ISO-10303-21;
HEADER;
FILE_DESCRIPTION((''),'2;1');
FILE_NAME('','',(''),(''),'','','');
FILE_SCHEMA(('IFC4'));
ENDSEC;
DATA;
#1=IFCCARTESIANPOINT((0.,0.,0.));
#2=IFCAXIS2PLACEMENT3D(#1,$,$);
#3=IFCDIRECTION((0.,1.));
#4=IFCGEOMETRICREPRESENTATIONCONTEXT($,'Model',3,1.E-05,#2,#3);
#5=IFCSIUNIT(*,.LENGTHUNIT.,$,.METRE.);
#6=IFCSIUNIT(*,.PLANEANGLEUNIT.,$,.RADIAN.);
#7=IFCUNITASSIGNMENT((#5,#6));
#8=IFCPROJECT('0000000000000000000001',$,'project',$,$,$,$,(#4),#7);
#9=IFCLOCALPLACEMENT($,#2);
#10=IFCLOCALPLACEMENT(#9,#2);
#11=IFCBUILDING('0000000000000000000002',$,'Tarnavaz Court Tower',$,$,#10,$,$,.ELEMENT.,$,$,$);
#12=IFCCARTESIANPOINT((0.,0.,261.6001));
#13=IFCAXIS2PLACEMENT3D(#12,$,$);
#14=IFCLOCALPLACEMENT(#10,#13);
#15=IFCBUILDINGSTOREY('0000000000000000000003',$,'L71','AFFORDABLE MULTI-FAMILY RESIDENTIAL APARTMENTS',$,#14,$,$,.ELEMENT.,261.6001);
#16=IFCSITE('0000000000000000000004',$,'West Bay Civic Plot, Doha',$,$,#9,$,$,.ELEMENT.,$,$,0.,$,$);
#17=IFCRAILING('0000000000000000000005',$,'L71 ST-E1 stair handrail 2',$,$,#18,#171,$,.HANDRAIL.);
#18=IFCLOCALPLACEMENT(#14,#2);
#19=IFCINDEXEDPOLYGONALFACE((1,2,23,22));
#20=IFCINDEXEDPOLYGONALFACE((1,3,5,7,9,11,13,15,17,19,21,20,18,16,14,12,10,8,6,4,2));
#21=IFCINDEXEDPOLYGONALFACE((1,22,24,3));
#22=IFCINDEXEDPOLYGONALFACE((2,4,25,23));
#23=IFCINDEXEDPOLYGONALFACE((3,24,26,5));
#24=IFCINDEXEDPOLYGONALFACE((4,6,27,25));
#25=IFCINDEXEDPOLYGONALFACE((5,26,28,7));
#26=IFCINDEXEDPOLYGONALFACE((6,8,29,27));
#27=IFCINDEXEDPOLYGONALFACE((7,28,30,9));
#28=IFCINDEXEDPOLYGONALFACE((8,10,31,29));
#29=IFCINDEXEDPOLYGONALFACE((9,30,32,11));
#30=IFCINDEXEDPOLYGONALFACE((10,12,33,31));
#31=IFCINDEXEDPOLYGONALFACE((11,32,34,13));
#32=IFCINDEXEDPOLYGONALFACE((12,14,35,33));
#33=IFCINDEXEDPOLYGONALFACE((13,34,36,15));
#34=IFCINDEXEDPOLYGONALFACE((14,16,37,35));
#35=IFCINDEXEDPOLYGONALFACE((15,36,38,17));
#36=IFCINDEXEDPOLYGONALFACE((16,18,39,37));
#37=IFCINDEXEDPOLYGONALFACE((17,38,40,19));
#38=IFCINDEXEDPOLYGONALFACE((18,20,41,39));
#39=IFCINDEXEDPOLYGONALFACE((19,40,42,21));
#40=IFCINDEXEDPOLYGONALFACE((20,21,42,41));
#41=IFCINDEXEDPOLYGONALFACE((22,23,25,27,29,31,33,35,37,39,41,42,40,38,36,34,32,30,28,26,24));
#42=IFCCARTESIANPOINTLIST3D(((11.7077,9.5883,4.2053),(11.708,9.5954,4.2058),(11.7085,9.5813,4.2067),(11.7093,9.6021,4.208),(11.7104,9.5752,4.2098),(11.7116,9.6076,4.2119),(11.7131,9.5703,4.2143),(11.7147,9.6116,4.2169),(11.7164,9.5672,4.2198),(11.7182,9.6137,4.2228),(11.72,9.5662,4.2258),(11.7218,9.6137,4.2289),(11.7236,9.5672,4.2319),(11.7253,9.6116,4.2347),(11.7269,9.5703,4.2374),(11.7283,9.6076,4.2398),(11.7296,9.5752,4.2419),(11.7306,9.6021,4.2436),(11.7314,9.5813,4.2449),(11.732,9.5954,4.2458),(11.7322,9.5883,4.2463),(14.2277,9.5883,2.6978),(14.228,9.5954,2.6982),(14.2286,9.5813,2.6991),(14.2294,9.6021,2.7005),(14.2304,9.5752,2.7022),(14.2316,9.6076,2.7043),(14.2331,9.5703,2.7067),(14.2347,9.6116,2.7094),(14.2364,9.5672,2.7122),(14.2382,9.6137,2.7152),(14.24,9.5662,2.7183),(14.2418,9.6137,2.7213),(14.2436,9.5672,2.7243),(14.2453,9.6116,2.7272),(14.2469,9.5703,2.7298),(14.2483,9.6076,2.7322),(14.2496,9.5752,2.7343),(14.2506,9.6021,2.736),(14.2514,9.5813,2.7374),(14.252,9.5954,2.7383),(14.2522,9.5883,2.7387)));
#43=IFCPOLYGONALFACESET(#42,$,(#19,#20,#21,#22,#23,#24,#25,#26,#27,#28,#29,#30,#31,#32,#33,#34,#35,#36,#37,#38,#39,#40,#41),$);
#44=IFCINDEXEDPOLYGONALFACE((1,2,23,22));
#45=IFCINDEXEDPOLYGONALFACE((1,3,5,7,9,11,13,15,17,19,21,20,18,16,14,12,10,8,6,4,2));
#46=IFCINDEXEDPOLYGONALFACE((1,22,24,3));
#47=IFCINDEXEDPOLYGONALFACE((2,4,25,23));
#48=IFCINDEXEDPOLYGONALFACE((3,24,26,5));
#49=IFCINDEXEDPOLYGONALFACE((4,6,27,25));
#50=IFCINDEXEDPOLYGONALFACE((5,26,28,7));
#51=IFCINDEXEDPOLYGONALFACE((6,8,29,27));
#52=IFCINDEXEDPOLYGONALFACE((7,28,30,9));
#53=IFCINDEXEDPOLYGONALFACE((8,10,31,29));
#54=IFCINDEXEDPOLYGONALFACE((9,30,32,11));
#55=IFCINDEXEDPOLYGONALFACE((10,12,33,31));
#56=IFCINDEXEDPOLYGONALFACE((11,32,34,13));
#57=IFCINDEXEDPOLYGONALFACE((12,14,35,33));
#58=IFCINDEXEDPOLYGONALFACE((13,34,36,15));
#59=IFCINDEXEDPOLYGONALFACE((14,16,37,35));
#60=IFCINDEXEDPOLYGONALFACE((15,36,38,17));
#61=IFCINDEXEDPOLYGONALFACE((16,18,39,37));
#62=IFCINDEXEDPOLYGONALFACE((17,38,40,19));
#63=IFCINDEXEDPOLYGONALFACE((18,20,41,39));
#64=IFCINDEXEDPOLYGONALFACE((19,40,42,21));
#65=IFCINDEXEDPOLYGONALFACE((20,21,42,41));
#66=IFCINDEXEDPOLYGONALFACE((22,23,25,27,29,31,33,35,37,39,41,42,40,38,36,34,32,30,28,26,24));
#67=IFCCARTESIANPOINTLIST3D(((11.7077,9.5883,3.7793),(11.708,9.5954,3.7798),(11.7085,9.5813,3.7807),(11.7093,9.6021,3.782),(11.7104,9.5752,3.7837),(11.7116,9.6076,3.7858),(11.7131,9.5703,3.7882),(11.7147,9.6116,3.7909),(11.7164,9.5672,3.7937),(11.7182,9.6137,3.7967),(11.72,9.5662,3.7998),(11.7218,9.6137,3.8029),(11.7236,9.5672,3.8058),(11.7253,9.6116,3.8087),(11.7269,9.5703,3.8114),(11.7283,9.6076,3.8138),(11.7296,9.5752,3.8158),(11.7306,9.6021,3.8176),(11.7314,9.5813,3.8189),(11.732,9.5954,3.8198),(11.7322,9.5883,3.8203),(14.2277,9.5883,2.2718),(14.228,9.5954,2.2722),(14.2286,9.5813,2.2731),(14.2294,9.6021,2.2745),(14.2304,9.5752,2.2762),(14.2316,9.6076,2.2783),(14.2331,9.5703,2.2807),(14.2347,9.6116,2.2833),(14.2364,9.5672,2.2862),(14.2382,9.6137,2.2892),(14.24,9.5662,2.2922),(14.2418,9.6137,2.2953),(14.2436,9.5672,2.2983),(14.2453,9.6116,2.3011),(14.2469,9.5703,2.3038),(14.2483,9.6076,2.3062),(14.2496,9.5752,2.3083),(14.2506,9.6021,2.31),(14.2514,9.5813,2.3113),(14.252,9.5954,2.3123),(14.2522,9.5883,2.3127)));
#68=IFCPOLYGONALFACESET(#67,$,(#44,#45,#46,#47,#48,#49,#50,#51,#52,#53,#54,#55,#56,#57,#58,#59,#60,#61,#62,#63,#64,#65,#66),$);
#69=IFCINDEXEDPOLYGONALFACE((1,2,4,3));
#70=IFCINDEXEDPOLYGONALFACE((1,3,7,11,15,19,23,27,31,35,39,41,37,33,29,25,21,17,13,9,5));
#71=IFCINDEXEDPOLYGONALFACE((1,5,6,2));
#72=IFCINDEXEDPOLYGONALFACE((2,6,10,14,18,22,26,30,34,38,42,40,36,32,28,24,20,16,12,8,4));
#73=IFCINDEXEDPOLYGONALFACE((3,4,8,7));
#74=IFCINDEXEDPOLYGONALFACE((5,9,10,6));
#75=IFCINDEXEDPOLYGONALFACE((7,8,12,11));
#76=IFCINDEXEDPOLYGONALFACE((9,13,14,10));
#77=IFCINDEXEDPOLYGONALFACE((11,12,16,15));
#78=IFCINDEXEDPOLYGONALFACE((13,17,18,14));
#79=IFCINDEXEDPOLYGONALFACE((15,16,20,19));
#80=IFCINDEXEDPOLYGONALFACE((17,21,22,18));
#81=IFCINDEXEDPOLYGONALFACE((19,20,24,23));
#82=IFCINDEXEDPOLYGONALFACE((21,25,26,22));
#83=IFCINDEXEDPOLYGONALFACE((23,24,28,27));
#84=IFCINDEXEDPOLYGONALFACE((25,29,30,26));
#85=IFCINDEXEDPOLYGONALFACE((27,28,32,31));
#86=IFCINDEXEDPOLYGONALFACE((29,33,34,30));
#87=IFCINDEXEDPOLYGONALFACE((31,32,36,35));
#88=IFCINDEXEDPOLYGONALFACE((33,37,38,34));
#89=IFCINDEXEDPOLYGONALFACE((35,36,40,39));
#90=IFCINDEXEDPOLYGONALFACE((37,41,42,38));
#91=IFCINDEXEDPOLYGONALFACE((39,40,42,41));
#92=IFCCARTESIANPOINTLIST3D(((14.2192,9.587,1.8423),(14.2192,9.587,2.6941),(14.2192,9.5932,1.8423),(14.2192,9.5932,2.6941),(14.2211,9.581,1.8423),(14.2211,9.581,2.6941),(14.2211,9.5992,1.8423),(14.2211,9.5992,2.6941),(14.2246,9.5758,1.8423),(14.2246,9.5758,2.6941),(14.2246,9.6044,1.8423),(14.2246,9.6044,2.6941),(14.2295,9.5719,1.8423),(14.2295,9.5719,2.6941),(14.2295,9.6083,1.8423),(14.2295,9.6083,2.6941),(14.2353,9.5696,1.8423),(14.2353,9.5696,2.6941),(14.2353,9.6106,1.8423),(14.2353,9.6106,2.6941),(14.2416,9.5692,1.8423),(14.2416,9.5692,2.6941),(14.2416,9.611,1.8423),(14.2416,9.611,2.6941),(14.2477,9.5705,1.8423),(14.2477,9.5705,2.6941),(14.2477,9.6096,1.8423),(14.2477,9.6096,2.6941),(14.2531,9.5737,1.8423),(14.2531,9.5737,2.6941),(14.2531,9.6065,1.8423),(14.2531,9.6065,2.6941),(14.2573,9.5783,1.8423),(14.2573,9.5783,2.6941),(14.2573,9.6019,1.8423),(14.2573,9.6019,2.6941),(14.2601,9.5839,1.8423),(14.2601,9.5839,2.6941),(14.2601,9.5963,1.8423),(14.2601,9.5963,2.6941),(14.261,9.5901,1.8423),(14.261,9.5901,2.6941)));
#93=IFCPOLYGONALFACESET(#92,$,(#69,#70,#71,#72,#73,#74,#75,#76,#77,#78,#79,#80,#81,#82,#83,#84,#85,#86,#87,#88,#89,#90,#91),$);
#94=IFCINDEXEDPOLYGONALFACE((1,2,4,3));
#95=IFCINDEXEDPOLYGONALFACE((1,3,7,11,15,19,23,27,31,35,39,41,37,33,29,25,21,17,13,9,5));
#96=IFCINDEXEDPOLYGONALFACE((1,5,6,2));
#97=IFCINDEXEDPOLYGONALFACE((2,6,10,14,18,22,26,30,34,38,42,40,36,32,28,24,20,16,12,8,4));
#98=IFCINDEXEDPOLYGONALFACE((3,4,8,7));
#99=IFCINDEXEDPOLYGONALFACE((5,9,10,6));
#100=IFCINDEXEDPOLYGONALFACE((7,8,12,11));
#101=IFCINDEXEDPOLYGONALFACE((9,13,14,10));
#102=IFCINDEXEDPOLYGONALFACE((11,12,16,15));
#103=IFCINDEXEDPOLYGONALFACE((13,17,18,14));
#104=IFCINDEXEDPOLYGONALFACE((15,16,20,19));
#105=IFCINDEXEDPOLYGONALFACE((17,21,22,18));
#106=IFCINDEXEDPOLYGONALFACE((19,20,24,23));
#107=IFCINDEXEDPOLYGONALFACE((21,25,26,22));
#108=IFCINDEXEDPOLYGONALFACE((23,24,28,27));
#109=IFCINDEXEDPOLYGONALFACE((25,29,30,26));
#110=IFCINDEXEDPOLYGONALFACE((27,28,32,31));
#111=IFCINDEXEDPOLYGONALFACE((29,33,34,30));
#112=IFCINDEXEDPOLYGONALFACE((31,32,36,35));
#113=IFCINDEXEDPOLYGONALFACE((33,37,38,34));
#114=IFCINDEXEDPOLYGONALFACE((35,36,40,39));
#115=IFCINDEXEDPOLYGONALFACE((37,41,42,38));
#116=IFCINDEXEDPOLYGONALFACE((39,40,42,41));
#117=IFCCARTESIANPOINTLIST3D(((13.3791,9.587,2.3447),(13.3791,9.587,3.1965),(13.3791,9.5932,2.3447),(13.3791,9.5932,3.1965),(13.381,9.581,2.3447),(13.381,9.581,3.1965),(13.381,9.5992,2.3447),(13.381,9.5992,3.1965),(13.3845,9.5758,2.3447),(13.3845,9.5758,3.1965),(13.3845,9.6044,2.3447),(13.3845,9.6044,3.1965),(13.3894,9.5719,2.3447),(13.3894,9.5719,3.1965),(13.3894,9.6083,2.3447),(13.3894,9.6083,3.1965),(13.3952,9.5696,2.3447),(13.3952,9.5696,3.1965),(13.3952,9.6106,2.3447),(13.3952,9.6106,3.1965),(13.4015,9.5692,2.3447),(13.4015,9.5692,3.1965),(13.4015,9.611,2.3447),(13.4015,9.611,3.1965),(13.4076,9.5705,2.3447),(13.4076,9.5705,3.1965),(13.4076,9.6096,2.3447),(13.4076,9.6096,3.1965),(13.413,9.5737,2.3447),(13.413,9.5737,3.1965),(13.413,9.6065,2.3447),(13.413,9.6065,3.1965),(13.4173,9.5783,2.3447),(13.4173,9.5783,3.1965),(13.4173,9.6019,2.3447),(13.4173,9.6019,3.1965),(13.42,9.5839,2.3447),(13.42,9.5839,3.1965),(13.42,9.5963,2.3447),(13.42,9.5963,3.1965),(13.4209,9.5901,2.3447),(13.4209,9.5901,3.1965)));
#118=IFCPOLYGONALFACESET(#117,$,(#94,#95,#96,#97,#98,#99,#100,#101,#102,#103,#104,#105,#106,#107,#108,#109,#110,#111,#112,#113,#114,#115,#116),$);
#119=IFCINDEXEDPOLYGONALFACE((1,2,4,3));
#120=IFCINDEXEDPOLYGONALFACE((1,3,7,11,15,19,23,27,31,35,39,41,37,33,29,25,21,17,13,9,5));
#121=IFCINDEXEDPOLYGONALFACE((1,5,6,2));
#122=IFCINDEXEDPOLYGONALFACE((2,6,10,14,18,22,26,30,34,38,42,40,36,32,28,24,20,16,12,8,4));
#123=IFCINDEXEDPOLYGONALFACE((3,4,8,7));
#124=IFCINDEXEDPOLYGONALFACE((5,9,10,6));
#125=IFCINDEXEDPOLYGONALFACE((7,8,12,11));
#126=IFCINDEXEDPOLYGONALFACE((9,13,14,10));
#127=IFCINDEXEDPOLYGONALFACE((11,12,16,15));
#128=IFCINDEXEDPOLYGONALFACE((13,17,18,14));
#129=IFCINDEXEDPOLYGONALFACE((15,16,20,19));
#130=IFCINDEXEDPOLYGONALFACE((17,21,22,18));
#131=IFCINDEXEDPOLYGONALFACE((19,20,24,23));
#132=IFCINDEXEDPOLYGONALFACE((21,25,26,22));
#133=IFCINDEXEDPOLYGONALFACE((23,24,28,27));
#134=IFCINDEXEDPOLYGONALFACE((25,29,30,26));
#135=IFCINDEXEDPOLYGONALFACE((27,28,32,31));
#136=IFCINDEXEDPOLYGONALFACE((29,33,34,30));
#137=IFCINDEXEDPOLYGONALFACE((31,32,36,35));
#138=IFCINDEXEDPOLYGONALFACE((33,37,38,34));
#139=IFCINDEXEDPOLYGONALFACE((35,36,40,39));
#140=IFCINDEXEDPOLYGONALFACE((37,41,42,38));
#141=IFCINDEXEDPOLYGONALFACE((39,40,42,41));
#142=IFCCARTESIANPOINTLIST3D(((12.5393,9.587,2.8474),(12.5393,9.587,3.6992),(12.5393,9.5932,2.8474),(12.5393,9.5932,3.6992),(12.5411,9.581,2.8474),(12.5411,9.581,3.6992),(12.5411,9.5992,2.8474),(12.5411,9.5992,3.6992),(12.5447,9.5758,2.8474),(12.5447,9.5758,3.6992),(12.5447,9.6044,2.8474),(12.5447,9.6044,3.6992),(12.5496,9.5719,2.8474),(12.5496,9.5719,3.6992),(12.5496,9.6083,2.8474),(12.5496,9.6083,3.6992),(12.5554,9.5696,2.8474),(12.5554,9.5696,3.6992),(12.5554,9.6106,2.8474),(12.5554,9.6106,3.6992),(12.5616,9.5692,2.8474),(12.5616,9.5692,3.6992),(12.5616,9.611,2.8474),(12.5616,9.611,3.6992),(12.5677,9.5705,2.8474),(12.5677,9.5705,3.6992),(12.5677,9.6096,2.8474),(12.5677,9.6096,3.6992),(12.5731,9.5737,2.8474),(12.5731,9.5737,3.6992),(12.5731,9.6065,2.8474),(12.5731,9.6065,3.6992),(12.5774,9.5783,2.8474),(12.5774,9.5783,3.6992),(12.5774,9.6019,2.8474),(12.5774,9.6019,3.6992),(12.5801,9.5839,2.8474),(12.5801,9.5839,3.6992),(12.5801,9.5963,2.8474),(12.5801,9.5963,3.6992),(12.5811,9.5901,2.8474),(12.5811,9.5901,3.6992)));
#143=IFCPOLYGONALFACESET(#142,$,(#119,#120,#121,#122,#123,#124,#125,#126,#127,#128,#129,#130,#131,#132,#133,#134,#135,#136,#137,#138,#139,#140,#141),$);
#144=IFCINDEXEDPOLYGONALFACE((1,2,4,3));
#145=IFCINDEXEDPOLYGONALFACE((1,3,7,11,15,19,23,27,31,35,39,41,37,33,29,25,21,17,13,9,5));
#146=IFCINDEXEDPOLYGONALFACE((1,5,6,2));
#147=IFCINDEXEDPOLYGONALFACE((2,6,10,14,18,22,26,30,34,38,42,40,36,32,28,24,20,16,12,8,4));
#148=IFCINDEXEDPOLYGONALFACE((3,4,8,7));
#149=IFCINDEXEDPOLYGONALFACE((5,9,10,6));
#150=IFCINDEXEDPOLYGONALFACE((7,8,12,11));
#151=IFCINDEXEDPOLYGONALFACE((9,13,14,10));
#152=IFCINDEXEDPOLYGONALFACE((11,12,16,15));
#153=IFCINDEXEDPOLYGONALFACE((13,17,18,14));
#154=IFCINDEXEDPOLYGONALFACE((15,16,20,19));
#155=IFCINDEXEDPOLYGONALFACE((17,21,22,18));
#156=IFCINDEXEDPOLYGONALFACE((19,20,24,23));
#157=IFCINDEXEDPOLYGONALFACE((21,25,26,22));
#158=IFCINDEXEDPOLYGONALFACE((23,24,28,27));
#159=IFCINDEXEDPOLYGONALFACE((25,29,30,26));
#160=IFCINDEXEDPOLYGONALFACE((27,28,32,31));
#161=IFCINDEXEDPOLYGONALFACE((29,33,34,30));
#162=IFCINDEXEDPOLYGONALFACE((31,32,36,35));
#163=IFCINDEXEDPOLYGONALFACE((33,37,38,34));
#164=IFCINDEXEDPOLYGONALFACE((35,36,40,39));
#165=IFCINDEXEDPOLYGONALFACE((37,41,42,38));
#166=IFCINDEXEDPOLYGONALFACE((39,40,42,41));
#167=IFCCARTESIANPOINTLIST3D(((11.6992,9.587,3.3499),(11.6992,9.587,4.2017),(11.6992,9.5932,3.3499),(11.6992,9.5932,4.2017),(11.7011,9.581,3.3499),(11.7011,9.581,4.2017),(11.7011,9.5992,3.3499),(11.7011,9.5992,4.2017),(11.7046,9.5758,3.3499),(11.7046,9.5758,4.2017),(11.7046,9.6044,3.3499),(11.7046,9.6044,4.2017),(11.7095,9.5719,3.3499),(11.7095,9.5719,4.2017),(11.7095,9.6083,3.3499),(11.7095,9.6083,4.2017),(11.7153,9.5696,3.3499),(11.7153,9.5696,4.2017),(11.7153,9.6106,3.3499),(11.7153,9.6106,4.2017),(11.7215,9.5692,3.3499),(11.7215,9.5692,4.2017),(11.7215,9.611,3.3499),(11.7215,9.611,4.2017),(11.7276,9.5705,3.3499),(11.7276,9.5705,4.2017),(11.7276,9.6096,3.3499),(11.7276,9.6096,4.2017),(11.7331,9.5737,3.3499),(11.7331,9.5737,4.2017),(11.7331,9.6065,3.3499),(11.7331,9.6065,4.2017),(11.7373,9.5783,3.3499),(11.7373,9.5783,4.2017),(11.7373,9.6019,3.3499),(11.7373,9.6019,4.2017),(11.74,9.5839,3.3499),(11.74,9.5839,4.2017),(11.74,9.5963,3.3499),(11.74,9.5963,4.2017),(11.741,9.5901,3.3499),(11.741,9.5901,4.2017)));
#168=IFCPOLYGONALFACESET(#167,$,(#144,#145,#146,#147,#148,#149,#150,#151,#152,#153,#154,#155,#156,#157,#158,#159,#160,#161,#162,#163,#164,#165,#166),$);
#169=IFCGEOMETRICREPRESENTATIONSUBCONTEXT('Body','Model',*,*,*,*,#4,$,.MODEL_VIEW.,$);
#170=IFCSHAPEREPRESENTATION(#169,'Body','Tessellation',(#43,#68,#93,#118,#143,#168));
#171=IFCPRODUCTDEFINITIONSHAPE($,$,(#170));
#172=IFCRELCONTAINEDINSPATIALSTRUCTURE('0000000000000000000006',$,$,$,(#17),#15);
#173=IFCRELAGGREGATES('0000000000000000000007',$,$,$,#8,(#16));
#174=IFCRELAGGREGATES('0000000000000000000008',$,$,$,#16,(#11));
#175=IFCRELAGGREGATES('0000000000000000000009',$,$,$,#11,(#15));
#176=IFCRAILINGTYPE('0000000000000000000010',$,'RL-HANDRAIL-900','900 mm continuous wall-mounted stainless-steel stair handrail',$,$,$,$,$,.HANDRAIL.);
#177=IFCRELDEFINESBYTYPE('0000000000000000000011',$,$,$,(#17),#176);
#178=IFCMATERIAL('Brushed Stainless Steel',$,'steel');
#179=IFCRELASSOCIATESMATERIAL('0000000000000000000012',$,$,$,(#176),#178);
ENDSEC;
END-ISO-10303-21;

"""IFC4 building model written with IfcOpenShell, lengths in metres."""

from ifc_helpers import new_model, si_unit, direction, frame, origin, origin_2d, place, context, subcontext, project, spatial, circle, extrude, material, type_object, element, save


model = new_model("IFC4")

# Units and contexts
model_context = context("Model", 3, precision=1e-05, world=origin(), true_north=direction((0.0, 1.0)))
body_context = subcontext(model_context, "Body", "Model", "MODEL_VIEW")
ifc_project = project(units=[si_unit("LENGTHUNIT", "METRE"), si_unit("PLANEANGLEUNIT", "RADIAN")], contexts=[model_context])

# Site, building, storey
site_placement = place(None, origin())
site = spatial("IfcSite", under=ifc_project, at=site_placement, Name="West Bay Civic Plot, Doha", CompositionType="ELEMENT", RefElevation=0.0)
building_placement = place(site_placement, origin())
building = spatial("IfcBuilding", under=site, at=building_placement, Name="Tarnavaz Court Tower", CompositionType="ELEMENT")
storey_placement = place(building_placement, frame((0.0, 0.0, 261.6001)))
storey = spatial("IfcBuildingStorey", under=building, at=storey_placement, Name="L71", Description="AFFORDABLE MULTI-FAMILY RESIDENTIAL APARTMENTS", CompositionType="ELEMENT", Elevation=261.6001)

# Railing
ifc_material_1 = material(Name="Brushed Stainless Steel", Category="steel")
railing_type_1 = type_object("IfcRailingType", Name="RL-HANDRAIL-900", Description="900 mm continuous wall-mounted stainless-steel stair handrail", PredefinedType="HANDRAIL", material=ifc_material_1)
railing_1_placement = place(storey_placement, frame((14.24, 9.5901, 1.8423)))
element("IfcRailing", 1, at=railing_1_placement, inside=storey, type_object=railing_type_1, Name="L71 ST-E1 stair handrail 2", PredefinedType="HANDRAIL", context=body_context, shape_type="SweptSolid", body=[
    extrude(circle(Radius=0.0239, at=origin_2d()), frame((0.0, 0.0, 0.876), z_axis=(-0.85816, 0.0, 0.513383), x_axis=(0.0, -1.0, 0.0)), (0.0, 0.0, 1.0), 2.9365),
    extrude(circle(Radius=0.0239, at=origin_2d()), frame((0.0, 0.0, 0.45), z_axis=(-0.85816, 0.0, 0.513383), x_axis=(0.0, -1.0, 0.0)), (0.0, 0.0, 1.0), 2.9365),
    extrude(circle(Radius=0.021, at=origin_2d()), origin(), (0.0, 0.0, 1.0), 0.8518),
    extrude(circle(Radius=0.021, at=origin_2d()), frame((-0.8401, 0.0, 0.5024)), (0.0, 0.0, 1.0), 0.8518),
    extrude(circle(Radius=0.021, at=origin_2d()), frame((-1.6799, 0.0, 1.0051)), (0.0, 0.0, 1.0), 0.8518),
    extrude(circle(Radius=0.021, at=origin_2d()), frame((-2.52, 0.0, 1.5076)), (0.0, 0.0, 1.0), 0.8518),
])

save(model, "model.ifc")
